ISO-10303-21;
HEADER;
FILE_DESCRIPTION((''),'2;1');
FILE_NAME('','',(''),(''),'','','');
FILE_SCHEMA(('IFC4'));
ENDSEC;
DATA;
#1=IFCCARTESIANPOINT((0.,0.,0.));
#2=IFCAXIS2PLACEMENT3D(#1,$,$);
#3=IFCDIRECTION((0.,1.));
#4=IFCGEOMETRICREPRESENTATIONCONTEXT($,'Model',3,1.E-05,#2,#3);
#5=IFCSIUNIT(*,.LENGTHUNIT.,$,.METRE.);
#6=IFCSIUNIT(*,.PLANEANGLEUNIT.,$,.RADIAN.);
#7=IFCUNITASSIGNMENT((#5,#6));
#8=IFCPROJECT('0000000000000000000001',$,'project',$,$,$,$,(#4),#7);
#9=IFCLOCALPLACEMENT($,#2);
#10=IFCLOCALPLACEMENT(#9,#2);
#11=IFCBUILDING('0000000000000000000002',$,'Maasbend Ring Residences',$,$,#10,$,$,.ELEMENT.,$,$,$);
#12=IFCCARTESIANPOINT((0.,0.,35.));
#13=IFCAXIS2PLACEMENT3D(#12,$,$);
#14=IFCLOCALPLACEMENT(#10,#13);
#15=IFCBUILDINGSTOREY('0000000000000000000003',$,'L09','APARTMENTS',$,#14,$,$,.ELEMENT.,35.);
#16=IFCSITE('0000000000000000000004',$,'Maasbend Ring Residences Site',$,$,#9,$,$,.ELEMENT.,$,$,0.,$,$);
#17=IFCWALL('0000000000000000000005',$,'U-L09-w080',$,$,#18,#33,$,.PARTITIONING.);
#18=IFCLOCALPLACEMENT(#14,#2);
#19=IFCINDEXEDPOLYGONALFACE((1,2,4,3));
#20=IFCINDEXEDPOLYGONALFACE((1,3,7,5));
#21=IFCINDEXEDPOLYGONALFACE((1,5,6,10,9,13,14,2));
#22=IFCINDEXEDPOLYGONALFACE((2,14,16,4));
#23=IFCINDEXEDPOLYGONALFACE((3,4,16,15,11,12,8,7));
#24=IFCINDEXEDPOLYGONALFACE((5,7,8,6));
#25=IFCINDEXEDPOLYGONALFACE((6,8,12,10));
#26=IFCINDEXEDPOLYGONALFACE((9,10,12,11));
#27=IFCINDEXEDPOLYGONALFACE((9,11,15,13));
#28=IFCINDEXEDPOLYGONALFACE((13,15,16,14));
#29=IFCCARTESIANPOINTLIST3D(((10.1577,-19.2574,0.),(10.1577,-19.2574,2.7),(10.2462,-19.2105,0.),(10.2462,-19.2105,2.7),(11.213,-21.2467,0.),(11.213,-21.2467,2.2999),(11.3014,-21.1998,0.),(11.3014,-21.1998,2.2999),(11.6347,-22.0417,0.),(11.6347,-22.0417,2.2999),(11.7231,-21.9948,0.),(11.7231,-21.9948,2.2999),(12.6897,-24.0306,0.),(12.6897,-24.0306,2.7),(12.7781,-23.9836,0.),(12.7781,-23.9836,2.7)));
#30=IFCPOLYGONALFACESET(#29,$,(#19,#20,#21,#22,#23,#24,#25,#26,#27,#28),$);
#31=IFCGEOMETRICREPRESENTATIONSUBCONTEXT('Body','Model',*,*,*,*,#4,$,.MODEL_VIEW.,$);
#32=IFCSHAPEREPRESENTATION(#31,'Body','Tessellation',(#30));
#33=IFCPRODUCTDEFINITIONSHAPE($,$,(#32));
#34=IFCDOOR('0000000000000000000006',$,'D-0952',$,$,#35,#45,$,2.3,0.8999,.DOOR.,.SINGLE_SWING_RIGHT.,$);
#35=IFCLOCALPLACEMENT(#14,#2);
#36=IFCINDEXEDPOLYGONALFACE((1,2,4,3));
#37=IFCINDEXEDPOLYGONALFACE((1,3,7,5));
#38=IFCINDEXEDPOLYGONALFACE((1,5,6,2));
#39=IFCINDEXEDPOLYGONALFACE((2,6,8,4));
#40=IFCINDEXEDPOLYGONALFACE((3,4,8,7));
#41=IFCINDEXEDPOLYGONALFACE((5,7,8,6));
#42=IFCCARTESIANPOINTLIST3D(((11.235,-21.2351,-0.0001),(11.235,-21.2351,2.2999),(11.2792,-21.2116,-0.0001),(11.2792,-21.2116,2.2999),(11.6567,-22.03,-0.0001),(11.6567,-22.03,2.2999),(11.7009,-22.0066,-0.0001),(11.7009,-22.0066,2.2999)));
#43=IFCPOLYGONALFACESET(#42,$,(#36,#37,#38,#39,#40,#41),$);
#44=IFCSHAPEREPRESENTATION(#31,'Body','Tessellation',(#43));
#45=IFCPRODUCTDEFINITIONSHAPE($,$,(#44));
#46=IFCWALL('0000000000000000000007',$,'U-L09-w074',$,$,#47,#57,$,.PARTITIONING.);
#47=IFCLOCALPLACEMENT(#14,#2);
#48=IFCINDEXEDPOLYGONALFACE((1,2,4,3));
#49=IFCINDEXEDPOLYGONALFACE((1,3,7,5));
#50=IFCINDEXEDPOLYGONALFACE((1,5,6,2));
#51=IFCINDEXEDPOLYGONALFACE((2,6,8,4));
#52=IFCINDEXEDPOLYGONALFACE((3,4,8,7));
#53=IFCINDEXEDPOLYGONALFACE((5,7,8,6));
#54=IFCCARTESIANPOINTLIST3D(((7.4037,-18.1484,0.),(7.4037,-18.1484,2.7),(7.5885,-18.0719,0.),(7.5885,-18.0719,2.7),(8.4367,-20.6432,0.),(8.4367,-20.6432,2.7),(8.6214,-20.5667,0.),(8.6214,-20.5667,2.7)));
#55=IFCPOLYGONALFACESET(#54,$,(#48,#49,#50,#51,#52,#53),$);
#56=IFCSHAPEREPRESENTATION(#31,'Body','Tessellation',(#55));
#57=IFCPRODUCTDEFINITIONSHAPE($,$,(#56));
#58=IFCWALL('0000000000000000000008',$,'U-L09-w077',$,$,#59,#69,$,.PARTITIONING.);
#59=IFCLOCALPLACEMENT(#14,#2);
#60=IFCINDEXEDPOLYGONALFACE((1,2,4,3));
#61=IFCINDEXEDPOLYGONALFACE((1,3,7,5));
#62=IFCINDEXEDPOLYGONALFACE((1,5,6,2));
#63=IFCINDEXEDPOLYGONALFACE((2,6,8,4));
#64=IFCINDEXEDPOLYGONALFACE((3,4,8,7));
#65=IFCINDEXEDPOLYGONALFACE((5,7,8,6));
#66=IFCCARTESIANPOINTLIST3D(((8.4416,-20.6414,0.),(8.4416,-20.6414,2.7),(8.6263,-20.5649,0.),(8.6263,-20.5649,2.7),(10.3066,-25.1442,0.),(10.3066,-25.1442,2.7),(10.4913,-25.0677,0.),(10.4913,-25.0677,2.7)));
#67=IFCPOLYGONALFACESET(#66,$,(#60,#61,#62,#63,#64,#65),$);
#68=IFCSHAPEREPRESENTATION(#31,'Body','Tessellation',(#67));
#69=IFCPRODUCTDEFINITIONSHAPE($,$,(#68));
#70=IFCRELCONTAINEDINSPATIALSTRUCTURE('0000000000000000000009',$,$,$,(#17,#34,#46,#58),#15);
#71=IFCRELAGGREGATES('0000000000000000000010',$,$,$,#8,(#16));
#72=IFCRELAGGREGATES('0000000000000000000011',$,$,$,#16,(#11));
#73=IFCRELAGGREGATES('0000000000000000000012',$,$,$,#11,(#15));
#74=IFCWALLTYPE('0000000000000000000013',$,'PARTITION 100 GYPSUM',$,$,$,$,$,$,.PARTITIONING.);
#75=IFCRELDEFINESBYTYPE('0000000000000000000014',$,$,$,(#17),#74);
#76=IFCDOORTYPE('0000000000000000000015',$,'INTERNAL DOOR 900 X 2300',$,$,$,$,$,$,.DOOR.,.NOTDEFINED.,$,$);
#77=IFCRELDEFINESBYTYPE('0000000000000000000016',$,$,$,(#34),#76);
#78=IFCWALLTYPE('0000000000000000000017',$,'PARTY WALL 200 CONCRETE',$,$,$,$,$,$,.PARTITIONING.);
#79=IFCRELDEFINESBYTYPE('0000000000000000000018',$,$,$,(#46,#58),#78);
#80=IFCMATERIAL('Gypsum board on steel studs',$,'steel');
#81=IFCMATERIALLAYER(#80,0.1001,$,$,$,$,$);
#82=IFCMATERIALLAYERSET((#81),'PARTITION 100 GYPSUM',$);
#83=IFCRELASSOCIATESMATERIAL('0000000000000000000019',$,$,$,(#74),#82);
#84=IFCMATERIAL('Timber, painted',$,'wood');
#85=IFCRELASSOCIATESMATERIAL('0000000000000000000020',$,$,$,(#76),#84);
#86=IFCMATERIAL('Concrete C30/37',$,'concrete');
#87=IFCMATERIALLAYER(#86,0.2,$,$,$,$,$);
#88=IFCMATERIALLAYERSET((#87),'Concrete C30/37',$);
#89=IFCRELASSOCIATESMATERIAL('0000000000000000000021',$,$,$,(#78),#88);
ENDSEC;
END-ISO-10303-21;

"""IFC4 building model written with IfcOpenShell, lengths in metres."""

from ifc_helpers import new_model, si_unit, direction, frame, frame_2d, origin, place, context, subcontext, project, spatial, rectangle, extrude, material, layer, layer_set, type_object, element, fill, save


model = new_model("IFC4")

# Units and contexts
model_context = context("Model", 3, precision=1e-05, world=origin(), true_north=direction((0.0, 1.0)))
body_context = subcontext(model_context, "Body", "Model", "MODEL_VIEW")
ifc_project = project(units=[si_unit("LENGTHUNIT", "METRE"), si_unit("PLANEANGLEUNIT", "RADIAN")], contexts=[model_context])

# Site, building, storey
site_placement = place(None, origin())
site = spatial("IfcSite", under=ifc_project, at=site_placement, Name="Maasbend Ring Residences Site", CompositionType="ELEMENT", RefElevation=0.0)
building_placement = place(site_placement, origin())
building = spatial("IfcBuilding", under=site, at=building_placement, Name="Maasbend Ring Residences", CompositionType="ELEMENT")
storey_placement = place(building_placement, frame((0.0, 0.0, 35.0)))
storey = spatial("IfcBuildingStorey", under=building, at=storey_placement, Name="L09", Description="APARTMENTS", CompositionType="ELEMENT", Elevation=35.0)

# Shared definitions
ifc_material_1 = material(Name="Gypsum board on steel studs", Category="steel")
ifc_layer_1 = layer(ifc_material_1, 0.1001)
ifc_layer_set_1 = layer_set([ifc_layer_1], Name="PARTITION 100 GYPSUM")
wall_type_1 = type_object("IfcWallType", Name="PARTITION 100 GYPSUM", PredefinedType="PARTITIONING", material=ifc_layer_set_1)
ifc_material_2 = material(Name="Timber, painted", Category="wood")
door_type_1 = type_object("IfcDoorType", Name="INTERNAL DOOR 900 X 2300", OperationType="NOTDEFINED", PredefinedType="DOOR", material=ifc_material_2)

# Wall, opening, door
wall_1_placement = place(storey_placement, frame((10.2019, -19.2339, 0.0), z_axis=(0.0, 0.0, 1.0), x_axis=(0.46861, -0.883405, 0.0)))
wall_1 = element("IfcWall", 1, at=wall_1_placement, inside=storey, type_object=wall_type_1, Name="U-L09-w080", PredefinedType="PARTITIONING", context=body_context, shape_type="SweptSolid", body=[
    extrude(rectangle(XDim=5.4031, YDim=0.1001, at=frame_2d((2.7017, 0.0))), origin(), (0.0, 0.0, 1.0), 2.7),
])
opening_1_placement = place(wall_1_placement, frame((2.252, 0.0, 0.0)))
opening_1 = element("IfcOpeningElement", 2, at=opening_1_placement, cuts=wall_1, PredefinedType="OPENING", context=body_context, shape_type="SweptSolid", body=[
    extrude(rectangle(XDim=0.8999, YDim=2.3, at=frame_2d((0.45, 1.1499))), frame((0.0, 0.0601, 0.0), z_axis=(0.0, -1.0, 0.0), x_axis=(1.0, 0.0, 0.0)), (0.0, 0.0, 1.0), 0.1201),
])
door_1_placement = place(opening_1_placement, origin())
door_1 = element("IfcDoor", 3, at=door_1_placement, inside=storey, type_object=door_type_1, Name="D-0952", OperationType="SINGLE_SWING_RIGHT", OverallHeight=2.3, OverallWidth=0.8999, PredefinedType="DOOR", context=body_context, shape_type="SweptSolid", body=[
    extrude(rectangle(XDim=0.8999, YDim=2.3, at=frame_2d((0.45, 1.1499))), frame((0.0, 0.0249, 0.0), z_axis=(0.0, -1.0, 0.0), x_axis=(1.0, 0.0, 0.0)), (0.0, 0.0, 1.0), 0.05),
])
fill(opening_1, door_1)

# Walls
ifc_material_3 = material(Name="Concrete C30/37", Category="concrete")
ifc_layer_2 = layer(ifc_material_3, 0.2)
ifc_layer_set_2 = layer_set([ifc_layer_2], Name="Concrete C30/37")
wall_type_2 = type_object("IfcWallType", Name="PARTY WALL 200 CONCRETE", PredefinedType="PARTITIONING", material=ifc_layer_set_2)
wall_2_placement = place(storey_placement, frame((7.4961, -18.1101, 0.0), z_axis=(0.0, 0.0, 1.0), x_axis=(0.382541, -0.923939, 0.0)))
element("IfcWall", 4, at=wall_2_placement, inside=storey, type_object=wall_type_2, Name="U-L09-w074", PredefinedType="PARTITIONING", context=body_context, shape_type="SweptSolid", body=[
    extrude(rectangle(XDim=2.7002, YDim=0.2, at=frame_2d((1.3501, 0.0))), origin(), (0.0, 0.0, 1.0), 2.7),
])
wall_3_placement = place(storey_placement, frame((8.5339, -20.603, 0.0), z_axis=(0.0, 0.0, 1.0), x_axis=(0.382651, -0.923893, 0.0)))
element("IfcWall", 5, at=wall_3_placement, inside=storey, type_object=wall_type_2, Name="U-L09-w077", PredefinedType="PARTITIONING", context=body_context, shape_type="SweptSolid", body=[
    extrude(rectangle(XDim=4.8738, YDim=0.2, at=frame_2d((2.437, 0.0))), origin(), (0.0, 0.0, 1.0), 2.7),
])

save(model, "model.ifc")
